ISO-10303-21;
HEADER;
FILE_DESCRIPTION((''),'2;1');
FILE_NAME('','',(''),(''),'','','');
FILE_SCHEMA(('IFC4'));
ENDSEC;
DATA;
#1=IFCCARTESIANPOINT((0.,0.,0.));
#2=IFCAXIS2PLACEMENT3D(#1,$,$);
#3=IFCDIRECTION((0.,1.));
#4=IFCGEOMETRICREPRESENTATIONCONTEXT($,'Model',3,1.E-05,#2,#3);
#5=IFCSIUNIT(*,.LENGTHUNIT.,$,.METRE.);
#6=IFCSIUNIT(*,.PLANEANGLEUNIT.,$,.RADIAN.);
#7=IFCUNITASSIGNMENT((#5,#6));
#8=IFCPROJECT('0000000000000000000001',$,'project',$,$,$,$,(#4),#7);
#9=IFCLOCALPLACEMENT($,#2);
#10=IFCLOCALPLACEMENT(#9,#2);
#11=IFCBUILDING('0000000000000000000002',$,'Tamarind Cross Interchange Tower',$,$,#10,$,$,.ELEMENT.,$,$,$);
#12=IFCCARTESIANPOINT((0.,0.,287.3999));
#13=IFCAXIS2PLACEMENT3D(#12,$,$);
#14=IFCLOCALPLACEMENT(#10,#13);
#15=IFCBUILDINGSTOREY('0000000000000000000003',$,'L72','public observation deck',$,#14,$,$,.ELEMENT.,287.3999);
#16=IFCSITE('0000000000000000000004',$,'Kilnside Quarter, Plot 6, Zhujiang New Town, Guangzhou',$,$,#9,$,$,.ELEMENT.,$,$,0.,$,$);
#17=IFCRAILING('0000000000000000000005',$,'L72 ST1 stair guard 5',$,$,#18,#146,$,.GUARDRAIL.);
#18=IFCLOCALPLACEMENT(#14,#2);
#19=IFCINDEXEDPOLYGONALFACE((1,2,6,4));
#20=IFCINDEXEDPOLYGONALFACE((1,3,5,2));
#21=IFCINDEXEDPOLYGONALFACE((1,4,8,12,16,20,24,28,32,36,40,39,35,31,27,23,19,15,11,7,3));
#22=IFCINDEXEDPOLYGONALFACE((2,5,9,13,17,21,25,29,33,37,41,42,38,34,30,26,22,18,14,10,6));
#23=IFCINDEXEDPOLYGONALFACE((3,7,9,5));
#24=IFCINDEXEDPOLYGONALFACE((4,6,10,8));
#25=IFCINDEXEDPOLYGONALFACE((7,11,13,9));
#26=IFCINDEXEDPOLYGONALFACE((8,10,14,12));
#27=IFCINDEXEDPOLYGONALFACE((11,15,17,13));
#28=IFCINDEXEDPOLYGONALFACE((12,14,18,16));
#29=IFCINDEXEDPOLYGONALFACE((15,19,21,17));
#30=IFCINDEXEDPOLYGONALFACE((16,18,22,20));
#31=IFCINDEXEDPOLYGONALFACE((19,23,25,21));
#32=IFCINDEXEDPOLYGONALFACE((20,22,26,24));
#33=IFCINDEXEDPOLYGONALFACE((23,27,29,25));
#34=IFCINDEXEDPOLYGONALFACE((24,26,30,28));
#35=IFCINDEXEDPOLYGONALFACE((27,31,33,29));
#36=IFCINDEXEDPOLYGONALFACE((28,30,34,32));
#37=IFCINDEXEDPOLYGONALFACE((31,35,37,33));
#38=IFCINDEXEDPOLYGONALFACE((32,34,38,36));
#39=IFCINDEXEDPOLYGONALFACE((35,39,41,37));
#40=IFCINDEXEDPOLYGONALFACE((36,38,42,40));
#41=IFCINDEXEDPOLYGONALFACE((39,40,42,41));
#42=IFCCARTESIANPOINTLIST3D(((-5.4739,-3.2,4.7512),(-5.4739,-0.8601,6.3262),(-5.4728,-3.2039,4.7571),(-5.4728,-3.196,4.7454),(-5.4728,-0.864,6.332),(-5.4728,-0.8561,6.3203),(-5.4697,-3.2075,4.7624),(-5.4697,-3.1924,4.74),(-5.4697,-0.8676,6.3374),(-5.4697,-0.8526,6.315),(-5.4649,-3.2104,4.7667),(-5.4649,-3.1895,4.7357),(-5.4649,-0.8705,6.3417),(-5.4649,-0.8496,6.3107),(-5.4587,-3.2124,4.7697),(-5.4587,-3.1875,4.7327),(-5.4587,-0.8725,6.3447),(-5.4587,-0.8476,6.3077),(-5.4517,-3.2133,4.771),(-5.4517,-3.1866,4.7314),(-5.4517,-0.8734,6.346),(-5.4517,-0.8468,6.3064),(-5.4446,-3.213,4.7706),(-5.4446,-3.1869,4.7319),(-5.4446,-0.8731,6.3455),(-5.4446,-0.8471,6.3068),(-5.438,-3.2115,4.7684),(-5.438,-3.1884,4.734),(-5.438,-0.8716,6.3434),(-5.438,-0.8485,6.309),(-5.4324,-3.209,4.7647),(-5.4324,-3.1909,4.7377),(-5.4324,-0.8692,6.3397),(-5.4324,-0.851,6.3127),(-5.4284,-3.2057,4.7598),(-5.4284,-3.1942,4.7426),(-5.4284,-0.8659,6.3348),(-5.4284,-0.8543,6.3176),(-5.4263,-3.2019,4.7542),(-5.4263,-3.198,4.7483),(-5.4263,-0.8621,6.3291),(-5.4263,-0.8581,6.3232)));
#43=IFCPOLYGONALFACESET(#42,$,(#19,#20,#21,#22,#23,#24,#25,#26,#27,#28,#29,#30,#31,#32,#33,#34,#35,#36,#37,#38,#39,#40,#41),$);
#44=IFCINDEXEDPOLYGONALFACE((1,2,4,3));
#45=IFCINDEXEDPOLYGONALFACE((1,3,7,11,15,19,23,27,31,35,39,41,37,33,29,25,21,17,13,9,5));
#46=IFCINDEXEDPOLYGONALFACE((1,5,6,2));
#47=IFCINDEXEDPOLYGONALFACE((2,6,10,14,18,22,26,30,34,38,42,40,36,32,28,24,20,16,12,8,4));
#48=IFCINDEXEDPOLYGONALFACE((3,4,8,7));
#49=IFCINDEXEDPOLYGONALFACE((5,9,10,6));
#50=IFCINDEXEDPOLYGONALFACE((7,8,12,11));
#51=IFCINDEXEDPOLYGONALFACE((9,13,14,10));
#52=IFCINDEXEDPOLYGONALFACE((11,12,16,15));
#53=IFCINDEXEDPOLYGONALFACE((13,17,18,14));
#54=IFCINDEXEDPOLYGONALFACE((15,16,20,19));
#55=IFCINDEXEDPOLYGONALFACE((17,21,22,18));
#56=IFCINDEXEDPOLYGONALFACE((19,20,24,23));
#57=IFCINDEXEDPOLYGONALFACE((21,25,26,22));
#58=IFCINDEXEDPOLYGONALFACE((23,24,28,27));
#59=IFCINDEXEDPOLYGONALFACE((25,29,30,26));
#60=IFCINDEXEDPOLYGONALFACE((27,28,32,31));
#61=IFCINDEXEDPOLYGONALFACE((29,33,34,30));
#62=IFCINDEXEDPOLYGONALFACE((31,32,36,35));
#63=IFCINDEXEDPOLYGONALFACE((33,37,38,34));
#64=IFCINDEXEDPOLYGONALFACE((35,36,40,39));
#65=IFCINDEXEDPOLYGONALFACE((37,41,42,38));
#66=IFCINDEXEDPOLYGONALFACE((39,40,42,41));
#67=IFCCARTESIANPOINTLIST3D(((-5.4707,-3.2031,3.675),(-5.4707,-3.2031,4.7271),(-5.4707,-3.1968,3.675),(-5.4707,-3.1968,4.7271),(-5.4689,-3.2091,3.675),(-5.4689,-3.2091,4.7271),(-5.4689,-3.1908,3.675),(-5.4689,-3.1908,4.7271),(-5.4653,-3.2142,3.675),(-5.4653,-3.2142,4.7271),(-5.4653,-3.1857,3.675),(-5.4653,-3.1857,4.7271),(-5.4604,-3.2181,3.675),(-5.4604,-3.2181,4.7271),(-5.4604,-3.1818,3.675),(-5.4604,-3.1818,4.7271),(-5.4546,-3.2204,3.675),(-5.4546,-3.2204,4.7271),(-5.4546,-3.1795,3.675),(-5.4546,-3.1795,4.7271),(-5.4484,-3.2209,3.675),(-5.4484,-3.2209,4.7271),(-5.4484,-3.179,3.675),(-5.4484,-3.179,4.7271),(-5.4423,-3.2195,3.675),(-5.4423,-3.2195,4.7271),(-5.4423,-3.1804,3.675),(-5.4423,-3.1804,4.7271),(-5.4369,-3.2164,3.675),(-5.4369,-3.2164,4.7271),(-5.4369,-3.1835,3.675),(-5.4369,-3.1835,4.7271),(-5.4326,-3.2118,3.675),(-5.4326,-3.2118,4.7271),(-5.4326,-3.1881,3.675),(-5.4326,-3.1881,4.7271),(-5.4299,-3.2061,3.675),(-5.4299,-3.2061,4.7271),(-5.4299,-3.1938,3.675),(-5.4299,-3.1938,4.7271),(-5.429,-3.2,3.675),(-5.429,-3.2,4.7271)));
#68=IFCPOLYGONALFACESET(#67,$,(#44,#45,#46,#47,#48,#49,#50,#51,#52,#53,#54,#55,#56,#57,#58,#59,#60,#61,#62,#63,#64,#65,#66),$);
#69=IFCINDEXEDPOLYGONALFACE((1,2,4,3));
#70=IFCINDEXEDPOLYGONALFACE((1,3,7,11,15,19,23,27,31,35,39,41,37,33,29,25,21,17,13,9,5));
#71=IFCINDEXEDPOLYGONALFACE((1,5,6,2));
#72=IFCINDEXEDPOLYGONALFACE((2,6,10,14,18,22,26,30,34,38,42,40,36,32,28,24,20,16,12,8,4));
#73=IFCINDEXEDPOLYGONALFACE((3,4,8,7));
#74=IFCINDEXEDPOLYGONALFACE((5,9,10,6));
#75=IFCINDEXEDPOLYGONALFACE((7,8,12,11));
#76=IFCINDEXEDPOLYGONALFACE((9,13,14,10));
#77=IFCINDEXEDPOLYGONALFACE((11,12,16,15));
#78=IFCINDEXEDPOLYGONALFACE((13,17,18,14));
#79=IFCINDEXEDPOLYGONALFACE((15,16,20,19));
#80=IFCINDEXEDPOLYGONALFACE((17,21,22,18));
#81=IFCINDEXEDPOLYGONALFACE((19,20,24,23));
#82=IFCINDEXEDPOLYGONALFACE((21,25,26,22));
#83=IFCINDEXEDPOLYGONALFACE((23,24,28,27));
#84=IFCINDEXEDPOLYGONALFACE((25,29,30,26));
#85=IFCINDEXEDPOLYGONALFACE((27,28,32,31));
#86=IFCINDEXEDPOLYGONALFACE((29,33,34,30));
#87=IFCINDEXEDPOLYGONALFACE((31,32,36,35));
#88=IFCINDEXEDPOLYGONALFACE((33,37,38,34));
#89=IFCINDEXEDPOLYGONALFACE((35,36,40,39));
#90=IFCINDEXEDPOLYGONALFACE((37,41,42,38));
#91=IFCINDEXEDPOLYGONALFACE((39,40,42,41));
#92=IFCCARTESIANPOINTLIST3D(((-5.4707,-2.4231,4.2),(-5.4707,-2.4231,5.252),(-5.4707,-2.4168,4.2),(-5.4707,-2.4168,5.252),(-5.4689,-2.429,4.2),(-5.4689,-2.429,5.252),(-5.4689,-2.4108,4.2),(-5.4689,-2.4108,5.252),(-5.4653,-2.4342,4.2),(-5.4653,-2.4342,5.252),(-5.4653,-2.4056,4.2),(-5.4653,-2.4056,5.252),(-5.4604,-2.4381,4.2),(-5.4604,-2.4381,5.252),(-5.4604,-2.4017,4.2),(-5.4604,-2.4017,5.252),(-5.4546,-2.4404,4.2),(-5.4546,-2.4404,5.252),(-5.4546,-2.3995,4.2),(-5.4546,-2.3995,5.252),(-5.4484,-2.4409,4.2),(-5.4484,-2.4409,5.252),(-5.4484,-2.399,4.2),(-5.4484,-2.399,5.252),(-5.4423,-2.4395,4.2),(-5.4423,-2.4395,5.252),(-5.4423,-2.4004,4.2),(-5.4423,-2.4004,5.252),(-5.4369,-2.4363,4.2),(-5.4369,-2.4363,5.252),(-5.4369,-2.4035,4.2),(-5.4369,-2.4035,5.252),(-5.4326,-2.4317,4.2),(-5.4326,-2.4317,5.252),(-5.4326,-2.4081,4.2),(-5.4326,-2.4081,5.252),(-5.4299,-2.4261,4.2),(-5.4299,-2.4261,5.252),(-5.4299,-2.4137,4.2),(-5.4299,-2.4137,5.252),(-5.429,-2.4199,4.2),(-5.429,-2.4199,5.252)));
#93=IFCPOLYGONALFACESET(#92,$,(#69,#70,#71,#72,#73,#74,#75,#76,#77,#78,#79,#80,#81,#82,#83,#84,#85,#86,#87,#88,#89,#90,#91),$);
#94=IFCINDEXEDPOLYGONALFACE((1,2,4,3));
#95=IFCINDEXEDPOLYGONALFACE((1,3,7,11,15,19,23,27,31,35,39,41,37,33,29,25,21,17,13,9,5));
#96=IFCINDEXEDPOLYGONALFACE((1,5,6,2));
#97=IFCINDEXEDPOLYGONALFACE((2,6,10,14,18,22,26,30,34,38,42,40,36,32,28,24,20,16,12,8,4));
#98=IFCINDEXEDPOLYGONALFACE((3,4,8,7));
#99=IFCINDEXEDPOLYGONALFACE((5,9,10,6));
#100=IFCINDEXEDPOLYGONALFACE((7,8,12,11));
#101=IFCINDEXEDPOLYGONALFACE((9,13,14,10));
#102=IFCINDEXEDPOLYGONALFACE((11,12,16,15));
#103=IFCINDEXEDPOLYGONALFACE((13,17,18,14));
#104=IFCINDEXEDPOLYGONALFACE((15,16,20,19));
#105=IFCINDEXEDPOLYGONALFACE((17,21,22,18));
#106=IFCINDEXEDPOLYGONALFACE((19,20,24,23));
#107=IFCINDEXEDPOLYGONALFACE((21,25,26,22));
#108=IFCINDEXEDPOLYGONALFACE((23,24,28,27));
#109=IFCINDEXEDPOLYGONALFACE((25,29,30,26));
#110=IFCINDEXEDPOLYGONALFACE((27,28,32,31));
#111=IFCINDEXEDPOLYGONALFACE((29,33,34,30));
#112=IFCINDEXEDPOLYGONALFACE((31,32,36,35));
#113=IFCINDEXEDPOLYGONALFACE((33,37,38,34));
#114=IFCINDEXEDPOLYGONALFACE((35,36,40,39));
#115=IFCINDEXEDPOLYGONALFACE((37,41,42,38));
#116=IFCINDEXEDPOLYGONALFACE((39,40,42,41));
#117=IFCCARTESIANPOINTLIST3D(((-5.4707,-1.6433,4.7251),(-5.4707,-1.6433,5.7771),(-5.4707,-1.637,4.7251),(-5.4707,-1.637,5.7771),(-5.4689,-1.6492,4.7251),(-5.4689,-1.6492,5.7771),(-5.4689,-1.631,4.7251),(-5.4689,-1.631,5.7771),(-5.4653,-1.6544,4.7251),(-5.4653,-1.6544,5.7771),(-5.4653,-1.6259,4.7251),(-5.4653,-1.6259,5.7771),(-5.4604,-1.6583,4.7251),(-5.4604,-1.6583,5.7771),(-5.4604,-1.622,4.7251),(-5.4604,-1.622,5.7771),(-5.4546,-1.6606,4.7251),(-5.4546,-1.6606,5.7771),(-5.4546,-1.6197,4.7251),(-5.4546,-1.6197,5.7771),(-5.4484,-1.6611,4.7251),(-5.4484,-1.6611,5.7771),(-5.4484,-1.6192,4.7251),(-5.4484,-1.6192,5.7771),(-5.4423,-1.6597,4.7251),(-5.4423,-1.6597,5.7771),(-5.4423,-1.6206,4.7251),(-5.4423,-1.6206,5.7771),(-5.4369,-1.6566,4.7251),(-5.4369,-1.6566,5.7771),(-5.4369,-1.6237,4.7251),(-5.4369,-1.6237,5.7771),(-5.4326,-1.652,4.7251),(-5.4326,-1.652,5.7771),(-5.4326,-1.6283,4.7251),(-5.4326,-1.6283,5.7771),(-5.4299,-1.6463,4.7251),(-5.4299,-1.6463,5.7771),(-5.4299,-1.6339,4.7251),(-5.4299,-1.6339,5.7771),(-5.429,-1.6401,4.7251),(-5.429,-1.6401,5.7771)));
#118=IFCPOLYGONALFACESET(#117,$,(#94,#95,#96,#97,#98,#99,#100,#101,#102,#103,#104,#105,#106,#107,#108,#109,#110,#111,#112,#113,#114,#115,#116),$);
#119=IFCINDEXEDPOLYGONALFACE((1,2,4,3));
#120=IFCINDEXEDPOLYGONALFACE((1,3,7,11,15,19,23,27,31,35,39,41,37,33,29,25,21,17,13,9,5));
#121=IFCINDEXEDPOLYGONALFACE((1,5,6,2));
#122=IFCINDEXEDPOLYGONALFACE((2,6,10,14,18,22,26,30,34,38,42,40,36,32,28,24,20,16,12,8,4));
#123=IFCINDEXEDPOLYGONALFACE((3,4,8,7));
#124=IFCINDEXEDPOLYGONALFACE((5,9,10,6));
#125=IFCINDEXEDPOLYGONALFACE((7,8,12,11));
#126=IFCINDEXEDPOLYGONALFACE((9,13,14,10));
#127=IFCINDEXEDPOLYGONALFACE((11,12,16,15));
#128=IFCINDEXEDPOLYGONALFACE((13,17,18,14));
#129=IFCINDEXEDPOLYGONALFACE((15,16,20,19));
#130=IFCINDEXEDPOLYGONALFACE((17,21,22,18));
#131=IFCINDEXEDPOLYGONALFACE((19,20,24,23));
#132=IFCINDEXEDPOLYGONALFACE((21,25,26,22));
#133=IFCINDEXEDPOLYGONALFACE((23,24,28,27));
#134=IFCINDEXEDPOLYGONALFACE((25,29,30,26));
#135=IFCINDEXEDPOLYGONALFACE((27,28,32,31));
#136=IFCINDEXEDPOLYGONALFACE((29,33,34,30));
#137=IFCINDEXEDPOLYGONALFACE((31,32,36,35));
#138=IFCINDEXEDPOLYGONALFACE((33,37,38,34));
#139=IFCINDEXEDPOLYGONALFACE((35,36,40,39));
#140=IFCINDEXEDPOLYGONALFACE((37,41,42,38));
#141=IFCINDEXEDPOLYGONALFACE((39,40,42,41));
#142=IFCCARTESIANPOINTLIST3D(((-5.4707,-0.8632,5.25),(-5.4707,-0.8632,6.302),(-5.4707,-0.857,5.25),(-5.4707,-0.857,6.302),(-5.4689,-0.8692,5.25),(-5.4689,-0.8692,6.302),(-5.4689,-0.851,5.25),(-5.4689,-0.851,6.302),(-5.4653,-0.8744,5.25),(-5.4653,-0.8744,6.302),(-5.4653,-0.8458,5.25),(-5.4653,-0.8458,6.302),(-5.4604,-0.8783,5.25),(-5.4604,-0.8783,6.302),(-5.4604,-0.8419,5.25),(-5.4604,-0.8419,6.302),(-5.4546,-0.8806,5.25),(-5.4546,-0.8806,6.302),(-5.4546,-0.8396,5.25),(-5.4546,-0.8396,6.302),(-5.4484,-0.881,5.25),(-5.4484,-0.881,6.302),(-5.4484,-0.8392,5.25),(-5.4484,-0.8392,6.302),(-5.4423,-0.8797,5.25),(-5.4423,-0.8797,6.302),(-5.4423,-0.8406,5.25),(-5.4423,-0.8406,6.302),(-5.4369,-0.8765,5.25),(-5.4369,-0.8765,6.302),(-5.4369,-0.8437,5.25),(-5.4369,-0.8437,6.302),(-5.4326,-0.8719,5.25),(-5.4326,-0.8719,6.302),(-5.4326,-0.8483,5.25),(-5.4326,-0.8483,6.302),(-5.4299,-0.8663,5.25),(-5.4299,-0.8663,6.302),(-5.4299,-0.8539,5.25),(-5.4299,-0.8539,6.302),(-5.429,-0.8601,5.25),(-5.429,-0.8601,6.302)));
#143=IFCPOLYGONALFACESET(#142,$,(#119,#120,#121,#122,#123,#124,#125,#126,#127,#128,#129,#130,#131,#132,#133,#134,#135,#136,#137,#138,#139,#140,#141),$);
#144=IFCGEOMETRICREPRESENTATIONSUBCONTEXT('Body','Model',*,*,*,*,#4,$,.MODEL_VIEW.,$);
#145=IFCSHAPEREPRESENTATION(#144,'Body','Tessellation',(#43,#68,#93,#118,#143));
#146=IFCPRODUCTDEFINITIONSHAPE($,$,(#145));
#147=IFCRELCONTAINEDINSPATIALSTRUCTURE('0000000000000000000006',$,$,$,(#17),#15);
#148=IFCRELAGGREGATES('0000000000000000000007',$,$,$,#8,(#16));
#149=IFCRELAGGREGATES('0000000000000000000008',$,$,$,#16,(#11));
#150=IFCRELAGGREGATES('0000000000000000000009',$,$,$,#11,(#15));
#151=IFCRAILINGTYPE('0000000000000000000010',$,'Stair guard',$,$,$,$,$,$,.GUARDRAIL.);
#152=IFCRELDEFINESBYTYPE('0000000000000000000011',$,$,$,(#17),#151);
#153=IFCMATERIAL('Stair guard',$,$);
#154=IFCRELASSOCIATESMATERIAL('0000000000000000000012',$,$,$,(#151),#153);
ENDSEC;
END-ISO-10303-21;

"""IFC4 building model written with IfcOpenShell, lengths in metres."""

from ifc_helpers import new_model, si_unit, direction, frame, origin, origin_2d, place, context, subcontext, project, spatial, circle, extrude, material, type_object, element, save


model = new_model("IFC4")

# Units and contexts
model_context = context("Model", 3, precision=1e-05, world=origin(), true_north=direction((0.0, 1.0)))
body_context = subcontext(model_context, "Body", "Model", "MODEL_VIEW")
ifc_project = project(units=[si_unit("LENGTHUNIT", "METRE"), si_unit("PLANEANGLEUNIT", "RADIAN")], contexts=[model_context])

# Site, building, storey
site_placement = place(None, origin())
site = spatial("IfcSite", under=ifc_project, at=site_placement, Name="Kilnside Quarter, Plot 6, Zhujiang New Town, Guangzhou", CompositionType="ELEMENT", RefElevation=0.0)
building_placement = place(site_placement, origin())
building = spatial("IfcBuilding", under=site, at=building_placement, Name="Tamarind Cross Interchange Tower", CompositionType="ELEMENT")
storey_placement = place(building_placement, frame((0.0, 0.0, 287.3999)))
storey = spatial("IfcBuildingStorey", under=building, at=storey_placement, Name="L72", Description="public observation deck", CompositionType="ELEMENT", Elevation=287.3999)

# Railing
ifc_material_1 = material(Name="Stair guard")
railing_type_1 = type_object("IfcRailingType", Name="Stair guard", PredefinedType="GUARDRAIL", material=ifc_material_1)
railing_1_placement = place(storey_placement, frame((-5.45, -3.2, 3.675)))
element("IfcRailing", 1, at=railing_1_placement, inside=storey, type_object=railing_type_1, Name="L72 ST1 stair guard 5", PredefinedType="GUARDRAIL", context=body_context, shape_type="SweptSolid", body=[
    extrude(circle(Radius=0.0239, at=origin_2d()), frame((0.0, 0.0, 1.0762), z_axis=(0.0, 0.829578, 0.55839), x_axis=(-1.0, 0.0, 0.0)), (0.0, 0.0, 1.0), 2.8206),
    extrude(circle(Radius=0.021, at=origin_2d()), origin(), (0.0, 0.0, 1.0), 1.052),
    extrude(circle(Radius=0.021, at=origin_2d()), frame((0.0, 0.78, 0.5249)), (0.0, 0.0, 1.0), 1.052),
    extrude(circle(Radius=0.021, at=origin_2d()), frame((0.0, 1.5598, 1.05)), (0.0, 0.0, 1.0), 1.052),
    extrude(circle(Radius=0.021, at=origin_2d()), frame((0.0, 2.3398, 1.575)), (0.0, 0.0, 1.0), 1.052),
])

save(model, "model.ifc")
